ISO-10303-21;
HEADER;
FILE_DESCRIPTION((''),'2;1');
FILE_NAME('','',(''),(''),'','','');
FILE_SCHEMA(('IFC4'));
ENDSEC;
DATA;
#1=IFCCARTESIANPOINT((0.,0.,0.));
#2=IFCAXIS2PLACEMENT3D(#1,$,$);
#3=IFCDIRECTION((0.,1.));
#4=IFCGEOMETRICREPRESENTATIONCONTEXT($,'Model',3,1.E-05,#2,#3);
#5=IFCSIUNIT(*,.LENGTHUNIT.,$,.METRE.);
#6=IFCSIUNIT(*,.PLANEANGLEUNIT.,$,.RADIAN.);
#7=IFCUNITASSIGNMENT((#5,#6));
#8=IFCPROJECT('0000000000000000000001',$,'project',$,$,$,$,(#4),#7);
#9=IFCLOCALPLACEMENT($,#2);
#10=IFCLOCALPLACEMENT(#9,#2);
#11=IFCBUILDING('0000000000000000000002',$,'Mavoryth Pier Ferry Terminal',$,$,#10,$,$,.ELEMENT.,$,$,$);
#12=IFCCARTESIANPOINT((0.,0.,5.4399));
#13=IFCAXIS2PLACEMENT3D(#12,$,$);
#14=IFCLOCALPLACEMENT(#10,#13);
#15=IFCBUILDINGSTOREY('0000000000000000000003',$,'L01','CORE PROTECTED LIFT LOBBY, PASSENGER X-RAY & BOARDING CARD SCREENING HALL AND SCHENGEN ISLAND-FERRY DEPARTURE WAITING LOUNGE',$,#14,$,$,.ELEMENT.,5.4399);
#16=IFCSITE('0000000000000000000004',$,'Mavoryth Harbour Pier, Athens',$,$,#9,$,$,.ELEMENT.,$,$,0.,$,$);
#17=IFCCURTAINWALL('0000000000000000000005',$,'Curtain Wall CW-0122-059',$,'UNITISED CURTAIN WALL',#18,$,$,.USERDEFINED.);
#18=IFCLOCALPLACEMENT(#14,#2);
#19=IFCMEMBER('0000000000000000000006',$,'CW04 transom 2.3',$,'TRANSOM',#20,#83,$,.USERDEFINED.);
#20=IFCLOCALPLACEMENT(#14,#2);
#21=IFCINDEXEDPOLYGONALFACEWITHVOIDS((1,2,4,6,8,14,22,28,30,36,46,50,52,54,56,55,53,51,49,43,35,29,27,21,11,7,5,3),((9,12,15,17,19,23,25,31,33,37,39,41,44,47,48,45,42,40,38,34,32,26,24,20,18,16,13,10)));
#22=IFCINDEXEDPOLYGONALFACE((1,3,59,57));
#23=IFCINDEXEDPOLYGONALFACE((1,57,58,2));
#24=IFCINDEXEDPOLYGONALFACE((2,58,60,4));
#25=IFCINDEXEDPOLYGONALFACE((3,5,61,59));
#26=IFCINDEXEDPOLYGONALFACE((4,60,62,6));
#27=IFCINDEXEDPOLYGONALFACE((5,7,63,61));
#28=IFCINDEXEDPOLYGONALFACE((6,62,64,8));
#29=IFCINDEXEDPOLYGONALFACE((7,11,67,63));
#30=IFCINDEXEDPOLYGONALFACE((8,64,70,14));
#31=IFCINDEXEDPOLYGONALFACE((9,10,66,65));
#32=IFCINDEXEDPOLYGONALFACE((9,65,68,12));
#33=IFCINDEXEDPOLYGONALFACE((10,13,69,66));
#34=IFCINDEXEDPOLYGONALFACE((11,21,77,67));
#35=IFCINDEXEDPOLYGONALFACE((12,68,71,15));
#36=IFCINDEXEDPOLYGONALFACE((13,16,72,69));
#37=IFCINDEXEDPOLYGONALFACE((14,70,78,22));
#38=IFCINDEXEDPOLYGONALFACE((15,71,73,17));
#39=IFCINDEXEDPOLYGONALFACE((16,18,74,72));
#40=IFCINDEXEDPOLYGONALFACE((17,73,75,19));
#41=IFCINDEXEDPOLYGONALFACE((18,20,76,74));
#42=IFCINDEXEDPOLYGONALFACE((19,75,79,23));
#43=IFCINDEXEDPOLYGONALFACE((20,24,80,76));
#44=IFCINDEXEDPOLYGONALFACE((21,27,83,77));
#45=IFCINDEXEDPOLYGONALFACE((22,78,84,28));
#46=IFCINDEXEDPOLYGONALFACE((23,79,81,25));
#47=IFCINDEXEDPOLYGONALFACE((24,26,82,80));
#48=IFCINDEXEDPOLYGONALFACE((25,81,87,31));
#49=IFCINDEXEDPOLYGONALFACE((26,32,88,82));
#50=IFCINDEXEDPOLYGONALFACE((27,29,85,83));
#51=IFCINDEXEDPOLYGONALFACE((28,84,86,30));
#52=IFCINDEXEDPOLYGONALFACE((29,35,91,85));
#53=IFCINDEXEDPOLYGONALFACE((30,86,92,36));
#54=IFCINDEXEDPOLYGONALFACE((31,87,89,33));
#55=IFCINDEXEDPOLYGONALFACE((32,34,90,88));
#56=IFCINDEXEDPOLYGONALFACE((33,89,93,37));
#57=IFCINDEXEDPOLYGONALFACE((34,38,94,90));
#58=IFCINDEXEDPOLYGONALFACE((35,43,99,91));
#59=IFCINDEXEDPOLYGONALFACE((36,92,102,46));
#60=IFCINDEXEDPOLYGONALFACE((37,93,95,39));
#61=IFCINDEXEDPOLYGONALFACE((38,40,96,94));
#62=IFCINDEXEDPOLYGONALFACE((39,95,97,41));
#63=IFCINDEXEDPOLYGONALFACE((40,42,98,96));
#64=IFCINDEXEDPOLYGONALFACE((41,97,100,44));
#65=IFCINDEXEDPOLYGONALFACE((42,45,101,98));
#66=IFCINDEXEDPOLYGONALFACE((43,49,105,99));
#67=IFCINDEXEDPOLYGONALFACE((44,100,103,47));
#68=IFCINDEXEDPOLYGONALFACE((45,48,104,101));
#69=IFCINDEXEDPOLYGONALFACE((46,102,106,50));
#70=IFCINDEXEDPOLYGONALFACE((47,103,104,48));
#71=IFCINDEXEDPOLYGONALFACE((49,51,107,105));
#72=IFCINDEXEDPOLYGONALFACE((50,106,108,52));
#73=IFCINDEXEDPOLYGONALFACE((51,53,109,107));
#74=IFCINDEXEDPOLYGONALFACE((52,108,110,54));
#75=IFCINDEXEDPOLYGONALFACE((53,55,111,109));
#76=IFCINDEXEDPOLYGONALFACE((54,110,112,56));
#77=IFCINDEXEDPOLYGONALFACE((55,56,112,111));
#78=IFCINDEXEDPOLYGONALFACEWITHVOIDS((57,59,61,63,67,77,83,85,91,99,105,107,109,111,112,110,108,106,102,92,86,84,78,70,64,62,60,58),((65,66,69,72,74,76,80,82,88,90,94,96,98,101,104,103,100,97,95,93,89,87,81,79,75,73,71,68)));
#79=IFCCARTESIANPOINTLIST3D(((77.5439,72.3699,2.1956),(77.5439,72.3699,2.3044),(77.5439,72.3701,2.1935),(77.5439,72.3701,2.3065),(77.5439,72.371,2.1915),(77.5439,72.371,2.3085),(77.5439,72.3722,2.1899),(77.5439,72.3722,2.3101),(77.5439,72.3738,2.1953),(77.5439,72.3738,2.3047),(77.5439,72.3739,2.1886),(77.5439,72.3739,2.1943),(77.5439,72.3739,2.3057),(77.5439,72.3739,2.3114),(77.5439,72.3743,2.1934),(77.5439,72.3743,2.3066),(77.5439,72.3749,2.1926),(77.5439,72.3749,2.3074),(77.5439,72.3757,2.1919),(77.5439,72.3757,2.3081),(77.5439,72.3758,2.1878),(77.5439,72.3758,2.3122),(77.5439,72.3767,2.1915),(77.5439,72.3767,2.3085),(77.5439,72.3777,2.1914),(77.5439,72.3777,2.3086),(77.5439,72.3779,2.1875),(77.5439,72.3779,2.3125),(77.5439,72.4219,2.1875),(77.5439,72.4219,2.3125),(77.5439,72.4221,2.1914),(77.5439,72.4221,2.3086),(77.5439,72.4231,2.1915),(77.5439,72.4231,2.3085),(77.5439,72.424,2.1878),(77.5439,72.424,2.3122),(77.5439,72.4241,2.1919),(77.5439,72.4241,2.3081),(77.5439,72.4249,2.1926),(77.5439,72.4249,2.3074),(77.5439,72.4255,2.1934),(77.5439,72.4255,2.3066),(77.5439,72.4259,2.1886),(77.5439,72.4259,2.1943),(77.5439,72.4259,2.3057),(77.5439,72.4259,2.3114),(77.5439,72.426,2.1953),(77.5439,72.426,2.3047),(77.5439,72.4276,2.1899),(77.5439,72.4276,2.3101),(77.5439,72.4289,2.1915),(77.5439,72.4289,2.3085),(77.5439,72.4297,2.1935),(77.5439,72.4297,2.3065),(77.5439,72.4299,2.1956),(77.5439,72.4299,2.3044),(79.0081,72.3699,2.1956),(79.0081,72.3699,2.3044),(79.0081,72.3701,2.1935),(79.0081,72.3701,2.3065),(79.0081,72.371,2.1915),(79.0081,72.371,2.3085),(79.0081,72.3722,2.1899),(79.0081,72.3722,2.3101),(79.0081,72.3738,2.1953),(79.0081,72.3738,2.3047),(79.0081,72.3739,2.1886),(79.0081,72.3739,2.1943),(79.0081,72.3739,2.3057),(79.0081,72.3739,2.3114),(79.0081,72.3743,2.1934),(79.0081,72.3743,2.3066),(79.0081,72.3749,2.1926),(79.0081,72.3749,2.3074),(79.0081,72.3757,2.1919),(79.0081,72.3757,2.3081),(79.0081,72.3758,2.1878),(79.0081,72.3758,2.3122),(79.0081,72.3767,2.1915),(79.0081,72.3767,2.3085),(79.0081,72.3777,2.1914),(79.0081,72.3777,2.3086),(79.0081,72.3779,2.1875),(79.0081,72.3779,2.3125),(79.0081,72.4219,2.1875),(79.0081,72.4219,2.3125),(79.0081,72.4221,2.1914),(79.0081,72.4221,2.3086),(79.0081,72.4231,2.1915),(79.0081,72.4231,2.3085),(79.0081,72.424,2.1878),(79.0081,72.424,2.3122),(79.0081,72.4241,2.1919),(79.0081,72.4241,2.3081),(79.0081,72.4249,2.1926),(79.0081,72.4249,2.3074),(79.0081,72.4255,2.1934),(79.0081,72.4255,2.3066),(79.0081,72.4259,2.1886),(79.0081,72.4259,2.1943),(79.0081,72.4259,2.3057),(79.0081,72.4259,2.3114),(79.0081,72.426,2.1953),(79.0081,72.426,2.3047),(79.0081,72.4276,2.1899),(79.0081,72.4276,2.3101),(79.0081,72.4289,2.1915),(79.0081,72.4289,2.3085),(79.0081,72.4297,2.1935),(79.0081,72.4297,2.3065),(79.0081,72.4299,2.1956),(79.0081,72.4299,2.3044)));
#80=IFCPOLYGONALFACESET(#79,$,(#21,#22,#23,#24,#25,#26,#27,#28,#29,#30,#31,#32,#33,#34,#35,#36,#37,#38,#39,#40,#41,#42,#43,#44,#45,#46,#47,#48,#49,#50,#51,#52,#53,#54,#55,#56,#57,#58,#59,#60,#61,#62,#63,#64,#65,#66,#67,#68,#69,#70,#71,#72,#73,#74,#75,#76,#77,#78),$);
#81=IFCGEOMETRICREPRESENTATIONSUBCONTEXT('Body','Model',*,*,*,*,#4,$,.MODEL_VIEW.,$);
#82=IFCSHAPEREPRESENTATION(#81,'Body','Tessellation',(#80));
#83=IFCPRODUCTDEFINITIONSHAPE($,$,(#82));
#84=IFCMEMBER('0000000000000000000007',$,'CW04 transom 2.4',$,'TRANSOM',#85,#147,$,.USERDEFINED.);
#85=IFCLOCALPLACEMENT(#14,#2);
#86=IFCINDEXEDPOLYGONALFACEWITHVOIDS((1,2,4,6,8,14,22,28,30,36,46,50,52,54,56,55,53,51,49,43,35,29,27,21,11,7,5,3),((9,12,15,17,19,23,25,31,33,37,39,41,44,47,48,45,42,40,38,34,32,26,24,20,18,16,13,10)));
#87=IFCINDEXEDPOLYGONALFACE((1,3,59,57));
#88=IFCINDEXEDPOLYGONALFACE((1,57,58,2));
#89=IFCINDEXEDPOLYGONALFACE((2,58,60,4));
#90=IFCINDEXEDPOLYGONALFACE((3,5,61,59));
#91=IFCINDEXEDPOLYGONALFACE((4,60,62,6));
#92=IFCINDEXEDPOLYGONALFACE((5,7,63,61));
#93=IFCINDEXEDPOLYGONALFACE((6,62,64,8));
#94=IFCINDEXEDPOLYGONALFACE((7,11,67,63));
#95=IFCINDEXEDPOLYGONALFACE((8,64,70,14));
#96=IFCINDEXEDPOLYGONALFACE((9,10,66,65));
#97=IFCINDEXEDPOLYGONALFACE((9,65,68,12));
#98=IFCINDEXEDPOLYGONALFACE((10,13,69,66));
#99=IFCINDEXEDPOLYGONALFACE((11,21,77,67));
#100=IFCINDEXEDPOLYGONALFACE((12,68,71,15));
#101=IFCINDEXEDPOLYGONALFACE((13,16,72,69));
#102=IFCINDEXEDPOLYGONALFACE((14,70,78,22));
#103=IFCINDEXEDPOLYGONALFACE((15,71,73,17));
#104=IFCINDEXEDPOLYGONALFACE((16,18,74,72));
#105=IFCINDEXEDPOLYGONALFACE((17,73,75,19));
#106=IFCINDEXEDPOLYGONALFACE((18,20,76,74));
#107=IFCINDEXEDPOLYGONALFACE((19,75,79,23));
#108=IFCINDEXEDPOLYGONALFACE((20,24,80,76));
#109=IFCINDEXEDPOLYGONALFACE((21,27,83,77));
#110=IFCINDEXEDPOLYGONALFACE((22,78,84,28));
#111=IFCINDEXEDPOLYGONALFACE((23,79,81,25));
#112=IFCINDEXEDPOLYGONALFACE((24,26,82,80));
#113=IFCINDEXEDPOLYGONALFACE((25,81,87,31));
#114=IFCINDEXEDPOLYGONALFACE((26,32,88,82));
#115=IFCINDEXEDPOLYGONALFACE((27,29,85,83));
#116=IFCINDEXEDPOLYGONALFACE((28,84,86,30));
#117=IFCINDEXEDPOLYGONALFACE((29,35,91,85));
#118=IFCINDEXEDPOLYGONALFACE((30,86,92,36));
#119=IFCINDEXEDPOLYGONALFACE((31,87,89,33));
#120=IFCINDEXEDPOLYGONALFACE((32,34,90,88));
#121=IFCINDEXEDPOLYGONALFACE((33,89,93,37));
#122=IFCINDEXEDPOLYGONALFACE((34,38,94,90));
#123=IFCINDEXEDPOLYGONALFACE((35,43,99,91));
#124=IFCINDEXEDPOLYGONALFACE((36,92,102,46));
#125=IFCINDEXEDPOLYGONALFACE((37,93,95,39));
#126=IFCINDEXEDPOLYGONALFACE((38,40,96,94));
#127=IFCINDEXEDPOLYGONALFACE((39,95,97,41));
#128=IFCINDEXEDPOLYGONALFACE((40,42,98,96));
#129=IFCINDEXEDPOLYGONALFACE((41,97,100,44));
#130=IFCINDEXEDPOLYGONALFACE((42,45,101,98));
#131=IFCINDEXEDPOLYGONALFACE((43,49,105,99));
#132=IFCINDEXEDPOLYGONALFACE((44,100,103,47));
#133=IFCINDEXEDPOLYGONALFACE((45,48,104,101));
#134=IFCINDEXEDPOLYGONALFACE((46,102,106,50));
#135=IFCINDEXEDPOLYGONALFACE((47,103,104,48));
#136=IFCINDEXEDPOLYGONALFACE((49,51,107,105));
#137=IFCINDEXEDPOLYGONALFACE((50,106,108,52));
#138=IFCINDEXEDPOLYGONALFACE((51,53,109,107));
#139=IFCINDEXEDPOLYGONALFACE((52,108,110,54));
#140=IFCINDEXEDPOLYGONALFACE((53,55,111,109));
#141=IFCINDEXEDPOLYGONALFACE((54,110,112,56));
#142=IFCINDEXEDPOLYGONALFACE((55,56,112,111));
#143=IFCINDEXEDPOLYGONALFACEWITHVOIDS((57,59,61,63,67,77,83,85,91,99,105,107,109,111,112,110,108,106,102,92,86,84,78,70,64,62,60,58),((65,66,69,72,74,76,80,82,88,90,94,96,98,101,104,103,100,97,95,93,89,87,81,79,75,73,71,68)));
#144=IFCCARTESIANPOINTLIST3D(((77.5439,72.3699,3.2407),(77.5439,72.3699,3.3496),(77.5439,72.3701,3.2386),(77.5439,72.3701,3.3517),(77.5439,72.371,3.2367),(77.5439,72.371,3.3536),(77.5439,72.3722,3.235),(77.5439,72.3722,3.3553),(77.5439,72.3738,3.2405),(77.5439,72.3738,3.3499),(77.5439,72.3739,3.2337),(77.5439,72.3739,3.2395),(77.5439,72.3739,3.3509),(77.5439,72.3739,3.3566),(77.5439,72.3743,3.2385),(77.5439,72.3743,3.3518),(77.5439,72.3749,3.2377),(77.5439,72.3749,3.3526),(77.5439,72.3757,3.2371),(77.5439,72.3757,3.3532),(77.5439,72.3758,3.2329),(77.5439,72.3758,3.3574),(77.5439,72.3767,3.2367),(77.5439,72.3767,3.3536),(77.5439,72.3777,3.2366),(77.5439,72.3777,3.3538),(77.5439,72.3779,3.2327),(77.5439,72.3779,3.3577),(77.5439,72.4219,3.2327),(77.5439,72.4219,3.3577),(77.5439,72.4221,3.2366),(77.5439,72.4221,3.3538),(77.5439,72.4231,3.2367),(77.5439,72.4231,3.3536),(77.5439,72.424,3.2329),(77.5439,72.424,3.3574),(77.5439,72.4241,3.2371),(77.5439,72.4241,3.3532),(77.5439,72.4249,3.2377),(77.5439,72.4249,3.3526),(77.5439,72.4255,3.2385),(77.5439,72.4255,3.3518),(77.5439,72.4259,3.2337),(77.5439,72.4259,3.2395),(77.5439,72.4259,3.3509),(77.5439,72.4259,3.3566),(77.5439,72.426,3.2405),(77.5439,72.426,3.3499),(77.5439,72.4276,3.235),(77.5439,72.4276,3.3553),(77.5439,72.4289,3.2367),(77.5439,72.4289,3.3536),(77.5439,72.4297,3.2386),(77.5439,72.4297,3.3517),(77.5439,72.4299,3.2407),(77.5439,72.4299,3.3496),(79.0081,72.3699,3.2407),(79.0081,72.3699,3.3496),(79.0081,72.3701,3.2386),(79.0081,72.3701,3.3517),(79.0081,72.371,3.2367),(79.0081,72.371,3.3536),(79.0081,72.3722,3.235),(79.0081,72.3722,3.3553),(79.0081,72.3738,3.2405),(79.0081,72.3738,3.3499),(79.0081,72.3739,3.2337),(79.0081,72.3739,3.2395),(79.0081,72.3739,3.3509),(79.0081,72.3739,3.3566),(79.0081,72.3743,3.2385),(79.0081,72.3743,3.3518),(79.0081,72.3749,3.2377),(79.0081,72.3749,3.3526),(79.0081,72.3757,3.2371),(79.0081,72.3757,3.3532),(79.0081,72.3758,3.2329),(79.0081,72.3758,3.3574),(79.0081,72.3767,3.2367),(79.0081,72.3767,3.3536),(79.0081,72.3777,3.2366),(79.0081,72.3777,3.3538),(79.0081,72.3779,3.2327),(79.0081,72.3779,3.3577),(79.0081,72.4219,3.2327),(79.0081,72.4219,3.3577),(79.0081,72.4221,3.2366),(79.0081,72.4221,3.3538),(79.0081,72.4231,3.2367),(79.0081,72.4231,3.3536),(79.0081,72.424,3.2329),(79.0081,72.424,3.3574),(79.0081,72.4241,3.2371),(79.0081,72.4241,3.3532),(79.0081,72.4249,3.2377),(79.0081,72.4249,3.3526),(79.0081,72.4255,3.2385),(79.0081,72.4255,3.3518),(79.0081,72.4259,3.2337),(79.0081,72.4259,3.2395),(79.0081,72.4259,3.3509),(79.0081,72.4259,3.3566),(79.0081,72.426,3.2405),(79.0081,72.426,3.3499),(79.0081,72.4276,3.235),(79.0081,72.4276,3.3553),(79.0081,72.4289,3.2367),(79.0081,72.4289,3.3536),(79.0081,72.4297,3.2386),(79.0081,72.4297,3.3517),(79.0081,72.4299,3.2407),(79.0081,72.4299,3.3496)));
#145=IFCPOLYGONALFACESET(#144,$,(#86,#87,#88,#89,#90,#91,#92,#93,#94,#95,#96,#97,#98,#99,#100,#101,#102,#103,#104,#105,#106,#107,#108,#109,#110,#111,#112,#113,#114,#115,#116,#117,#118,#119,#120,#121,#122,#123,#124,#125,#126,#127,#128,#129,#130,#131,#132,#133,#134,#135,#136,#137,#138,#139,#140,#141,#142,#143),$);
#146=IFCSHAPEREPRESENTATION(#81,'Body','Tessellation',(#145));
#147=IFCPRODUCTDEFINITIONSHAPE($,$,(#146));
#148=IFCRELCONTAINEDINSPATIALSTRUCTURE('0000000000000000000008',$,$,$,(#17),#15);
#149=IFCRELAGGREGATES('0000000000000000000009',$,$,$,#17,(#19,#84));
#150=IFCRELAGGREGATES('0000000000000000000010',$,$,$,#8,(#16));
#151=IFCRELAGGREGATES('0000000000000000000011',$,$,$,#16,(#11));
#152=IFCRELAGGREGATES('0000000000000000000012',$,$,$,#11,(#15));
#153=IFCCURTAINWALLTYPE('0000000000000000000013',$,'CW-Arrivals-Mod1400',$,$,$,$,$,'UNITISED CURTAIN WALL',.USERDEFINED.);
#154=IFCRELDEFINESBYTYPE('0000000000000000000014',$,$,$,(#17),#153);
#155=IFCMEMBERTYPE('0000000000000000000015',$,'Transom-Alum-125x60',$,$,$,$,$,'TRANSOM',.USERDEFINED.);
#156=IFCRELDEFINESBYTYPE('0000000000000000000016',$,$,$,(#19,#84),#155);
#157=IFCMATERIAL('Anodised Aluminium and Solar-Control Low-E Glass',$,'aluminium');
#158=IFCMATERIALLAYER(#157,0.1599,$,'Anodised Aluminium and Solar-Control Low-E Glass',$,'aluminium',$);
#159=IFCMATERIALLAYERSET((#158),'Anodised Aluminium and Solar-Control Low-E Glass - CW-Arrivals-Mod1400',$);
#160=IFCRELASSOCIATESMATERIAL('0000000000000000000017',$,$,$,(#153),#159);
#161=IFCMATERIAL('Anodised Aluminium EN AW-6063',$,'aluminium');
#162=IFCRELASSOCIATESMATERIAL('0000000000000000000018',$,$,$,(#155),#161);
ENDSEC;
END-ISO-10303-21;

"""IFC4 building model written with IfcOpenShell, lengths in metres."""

from ifc_helpers import new_model, si_unit, direction, frame, origin, origin_2d, place, context, subcontext, project, spatial, hollow_rectangle, extrude, material, layer, layer_set, material_profile, profile_set, type_object, element, aggregate, save


model = new_model("IFC4")

# Units and contexts
model_context = context("Model", 3, precision=1e-05, world=origin(), true_north=direction((0.0, 1.0)))
body_context = subcontext(model_context, "Body", "Model", "MODEL_VIEW")
ifc_project = project(units=[si_unit("LENGTHUNIT", "METRE"), si_unit("PLANEANGLEUNIT", "RADIAN")], contexts=[model_context])

# Site, building, storey
site_placement = place(None, origin())
site = spatial("IfcSite", under=ifc_project, at=site_placement, Name="Mavoryth Harbour Pier, Athens", CompositionType="ELEMENT", RefElevation=0.0)
building_placement = place(site_placement, origin())
building = spatial("IfcBuilding", under=site, at=building_placement, Name="Mavoryth Pier Ferry Terminal", CompositionType="ELEMENT")
storey_placement = place(building_placement, frame((0.0, 0.0, 5.4399)))
storey = spatial("IfcBuildingStorey", under=building, at=storey_placement, Name="L01", Description="CORE PROTECTED LIFT LOBBY, PASSENGER X-RAY & BOARDING CARD SCREENING HALL AND SCHENGEN ISLAND-FERRY DEPARTURE WAITING LOUNGE", CompositionType="ELEMENT", Elevation=5.4399)

# Shared definitions
ifc_material_1 = material(Name="Anodised Aluminium and Solar-Control Low-E Glass", Category="aluminium")
ifc_layer_1 = layer(ifc_material_1, 0.1599, Name="Anodised Aluminium and Solar-Control Low-E Glass", Category="aluminium")
ifc_layer_set_1 = layer_set([ifc_layer_1], Name="Anodised Aluminium and Solar-Control Low-E Glass - CW-Arrivals-Mod1400")
curtain_wall_type = type_object("IfcCurtainWallType", Name="CW-Arrivals-Mod1400", ElementType="UNITISED CURTAIN WALL", PredefinedType="USERDEFINED", material=ifc_layer_set_1)
ifc_material_2 = material(Name="Anodised Aluminium EN AW-6063", Category="aluminium")

# Curtain wall
curtain_wall_1_placement = place(storey_placement, origin())
curtain_wall_1 = element("IfcCurtainWall", 1, at=curtain_wall_1_placement, inside=storey, type_object=curtain_wall_type, Name="Curtain Wall CW-0122-059", ObjectType="UNITISED CURTAIN WALL", PredefinedType="USERDEFINED")

# Members
ifc_material_profile_1 = material_profile(ifc_material_2, hollow_rectangle(XDim=0.0601, YDim=0.125, WallThickness=0.0039, InnerFilletRadius=0.0039, OuterFilletRadius=0.0081, at=origin_2d()), Name="AL-TRAN 125x60x4", Category="aluminium")
ifc_profile_set_1 = profile_set([ifc_material_profile_1], Name="Anodised Aluminium EN AW-6063 - AL-TRAN 125x60x4")
member_type_1 = type_object("IfcMemberType", Name="Transom-Alum-125x60", ElementType="TRANSOM", PredefinedType="USERDEFINED", material=ifc_profile_set_1)
member_1_placement = place(storey_placement, frame((77.5439, 72.3999, 2.25), z_axis=(1.0, 0.0, 0.0), x_axis=(0.0, 1.0, 0.0)))
member_1 = element("IfcMember", 2, at=member_1_placement, type_object=member_type_1, Name="CW04 transom 2.3", ObjectType="TRANSOM", PredefinedType="USERDEFINED", context=body_context, shape_type="SweptSolid", body=[
    extrude(hollow_rectangle(XDim=0.0601, YDim=0.125, WallThickness=0.0039, InnerFilletRadius=0.0039, OuterFilletRadius=0.0081, at=origin_2d()), origin(), (0.0, 0.0, 1.0), 1.4641),
])
member_2_placement = place(storey_placement, frame((77.5439, 72.3999, 3.2952), z_axis=(1.0, 0.0, 0.0), x_axis=(0.0, 1.0, 0.0)))
member_2 = element("IfcMember", 3, at=member_2_placement, type_object=member_type_1, Name="CW04 transom 2.4", ObjectType="TRANSOM", PredefinedType="USERDEFINED", context=body_context, shape_type="SweptSolid", body=[
    extrude(hollow_rectangle(XDim=0.0601, YDim=0.125, WallThickness=0.0039, InnerFilletRadius=0.0039, OuterFilletRadius=0.0081, at=origin_2d()), origin(), (0.0, 0.0, 1.0), 1.4641),
])

aggregate(curtain_wall_1, [member_1, member_2])

save(model, "model.ifc")
